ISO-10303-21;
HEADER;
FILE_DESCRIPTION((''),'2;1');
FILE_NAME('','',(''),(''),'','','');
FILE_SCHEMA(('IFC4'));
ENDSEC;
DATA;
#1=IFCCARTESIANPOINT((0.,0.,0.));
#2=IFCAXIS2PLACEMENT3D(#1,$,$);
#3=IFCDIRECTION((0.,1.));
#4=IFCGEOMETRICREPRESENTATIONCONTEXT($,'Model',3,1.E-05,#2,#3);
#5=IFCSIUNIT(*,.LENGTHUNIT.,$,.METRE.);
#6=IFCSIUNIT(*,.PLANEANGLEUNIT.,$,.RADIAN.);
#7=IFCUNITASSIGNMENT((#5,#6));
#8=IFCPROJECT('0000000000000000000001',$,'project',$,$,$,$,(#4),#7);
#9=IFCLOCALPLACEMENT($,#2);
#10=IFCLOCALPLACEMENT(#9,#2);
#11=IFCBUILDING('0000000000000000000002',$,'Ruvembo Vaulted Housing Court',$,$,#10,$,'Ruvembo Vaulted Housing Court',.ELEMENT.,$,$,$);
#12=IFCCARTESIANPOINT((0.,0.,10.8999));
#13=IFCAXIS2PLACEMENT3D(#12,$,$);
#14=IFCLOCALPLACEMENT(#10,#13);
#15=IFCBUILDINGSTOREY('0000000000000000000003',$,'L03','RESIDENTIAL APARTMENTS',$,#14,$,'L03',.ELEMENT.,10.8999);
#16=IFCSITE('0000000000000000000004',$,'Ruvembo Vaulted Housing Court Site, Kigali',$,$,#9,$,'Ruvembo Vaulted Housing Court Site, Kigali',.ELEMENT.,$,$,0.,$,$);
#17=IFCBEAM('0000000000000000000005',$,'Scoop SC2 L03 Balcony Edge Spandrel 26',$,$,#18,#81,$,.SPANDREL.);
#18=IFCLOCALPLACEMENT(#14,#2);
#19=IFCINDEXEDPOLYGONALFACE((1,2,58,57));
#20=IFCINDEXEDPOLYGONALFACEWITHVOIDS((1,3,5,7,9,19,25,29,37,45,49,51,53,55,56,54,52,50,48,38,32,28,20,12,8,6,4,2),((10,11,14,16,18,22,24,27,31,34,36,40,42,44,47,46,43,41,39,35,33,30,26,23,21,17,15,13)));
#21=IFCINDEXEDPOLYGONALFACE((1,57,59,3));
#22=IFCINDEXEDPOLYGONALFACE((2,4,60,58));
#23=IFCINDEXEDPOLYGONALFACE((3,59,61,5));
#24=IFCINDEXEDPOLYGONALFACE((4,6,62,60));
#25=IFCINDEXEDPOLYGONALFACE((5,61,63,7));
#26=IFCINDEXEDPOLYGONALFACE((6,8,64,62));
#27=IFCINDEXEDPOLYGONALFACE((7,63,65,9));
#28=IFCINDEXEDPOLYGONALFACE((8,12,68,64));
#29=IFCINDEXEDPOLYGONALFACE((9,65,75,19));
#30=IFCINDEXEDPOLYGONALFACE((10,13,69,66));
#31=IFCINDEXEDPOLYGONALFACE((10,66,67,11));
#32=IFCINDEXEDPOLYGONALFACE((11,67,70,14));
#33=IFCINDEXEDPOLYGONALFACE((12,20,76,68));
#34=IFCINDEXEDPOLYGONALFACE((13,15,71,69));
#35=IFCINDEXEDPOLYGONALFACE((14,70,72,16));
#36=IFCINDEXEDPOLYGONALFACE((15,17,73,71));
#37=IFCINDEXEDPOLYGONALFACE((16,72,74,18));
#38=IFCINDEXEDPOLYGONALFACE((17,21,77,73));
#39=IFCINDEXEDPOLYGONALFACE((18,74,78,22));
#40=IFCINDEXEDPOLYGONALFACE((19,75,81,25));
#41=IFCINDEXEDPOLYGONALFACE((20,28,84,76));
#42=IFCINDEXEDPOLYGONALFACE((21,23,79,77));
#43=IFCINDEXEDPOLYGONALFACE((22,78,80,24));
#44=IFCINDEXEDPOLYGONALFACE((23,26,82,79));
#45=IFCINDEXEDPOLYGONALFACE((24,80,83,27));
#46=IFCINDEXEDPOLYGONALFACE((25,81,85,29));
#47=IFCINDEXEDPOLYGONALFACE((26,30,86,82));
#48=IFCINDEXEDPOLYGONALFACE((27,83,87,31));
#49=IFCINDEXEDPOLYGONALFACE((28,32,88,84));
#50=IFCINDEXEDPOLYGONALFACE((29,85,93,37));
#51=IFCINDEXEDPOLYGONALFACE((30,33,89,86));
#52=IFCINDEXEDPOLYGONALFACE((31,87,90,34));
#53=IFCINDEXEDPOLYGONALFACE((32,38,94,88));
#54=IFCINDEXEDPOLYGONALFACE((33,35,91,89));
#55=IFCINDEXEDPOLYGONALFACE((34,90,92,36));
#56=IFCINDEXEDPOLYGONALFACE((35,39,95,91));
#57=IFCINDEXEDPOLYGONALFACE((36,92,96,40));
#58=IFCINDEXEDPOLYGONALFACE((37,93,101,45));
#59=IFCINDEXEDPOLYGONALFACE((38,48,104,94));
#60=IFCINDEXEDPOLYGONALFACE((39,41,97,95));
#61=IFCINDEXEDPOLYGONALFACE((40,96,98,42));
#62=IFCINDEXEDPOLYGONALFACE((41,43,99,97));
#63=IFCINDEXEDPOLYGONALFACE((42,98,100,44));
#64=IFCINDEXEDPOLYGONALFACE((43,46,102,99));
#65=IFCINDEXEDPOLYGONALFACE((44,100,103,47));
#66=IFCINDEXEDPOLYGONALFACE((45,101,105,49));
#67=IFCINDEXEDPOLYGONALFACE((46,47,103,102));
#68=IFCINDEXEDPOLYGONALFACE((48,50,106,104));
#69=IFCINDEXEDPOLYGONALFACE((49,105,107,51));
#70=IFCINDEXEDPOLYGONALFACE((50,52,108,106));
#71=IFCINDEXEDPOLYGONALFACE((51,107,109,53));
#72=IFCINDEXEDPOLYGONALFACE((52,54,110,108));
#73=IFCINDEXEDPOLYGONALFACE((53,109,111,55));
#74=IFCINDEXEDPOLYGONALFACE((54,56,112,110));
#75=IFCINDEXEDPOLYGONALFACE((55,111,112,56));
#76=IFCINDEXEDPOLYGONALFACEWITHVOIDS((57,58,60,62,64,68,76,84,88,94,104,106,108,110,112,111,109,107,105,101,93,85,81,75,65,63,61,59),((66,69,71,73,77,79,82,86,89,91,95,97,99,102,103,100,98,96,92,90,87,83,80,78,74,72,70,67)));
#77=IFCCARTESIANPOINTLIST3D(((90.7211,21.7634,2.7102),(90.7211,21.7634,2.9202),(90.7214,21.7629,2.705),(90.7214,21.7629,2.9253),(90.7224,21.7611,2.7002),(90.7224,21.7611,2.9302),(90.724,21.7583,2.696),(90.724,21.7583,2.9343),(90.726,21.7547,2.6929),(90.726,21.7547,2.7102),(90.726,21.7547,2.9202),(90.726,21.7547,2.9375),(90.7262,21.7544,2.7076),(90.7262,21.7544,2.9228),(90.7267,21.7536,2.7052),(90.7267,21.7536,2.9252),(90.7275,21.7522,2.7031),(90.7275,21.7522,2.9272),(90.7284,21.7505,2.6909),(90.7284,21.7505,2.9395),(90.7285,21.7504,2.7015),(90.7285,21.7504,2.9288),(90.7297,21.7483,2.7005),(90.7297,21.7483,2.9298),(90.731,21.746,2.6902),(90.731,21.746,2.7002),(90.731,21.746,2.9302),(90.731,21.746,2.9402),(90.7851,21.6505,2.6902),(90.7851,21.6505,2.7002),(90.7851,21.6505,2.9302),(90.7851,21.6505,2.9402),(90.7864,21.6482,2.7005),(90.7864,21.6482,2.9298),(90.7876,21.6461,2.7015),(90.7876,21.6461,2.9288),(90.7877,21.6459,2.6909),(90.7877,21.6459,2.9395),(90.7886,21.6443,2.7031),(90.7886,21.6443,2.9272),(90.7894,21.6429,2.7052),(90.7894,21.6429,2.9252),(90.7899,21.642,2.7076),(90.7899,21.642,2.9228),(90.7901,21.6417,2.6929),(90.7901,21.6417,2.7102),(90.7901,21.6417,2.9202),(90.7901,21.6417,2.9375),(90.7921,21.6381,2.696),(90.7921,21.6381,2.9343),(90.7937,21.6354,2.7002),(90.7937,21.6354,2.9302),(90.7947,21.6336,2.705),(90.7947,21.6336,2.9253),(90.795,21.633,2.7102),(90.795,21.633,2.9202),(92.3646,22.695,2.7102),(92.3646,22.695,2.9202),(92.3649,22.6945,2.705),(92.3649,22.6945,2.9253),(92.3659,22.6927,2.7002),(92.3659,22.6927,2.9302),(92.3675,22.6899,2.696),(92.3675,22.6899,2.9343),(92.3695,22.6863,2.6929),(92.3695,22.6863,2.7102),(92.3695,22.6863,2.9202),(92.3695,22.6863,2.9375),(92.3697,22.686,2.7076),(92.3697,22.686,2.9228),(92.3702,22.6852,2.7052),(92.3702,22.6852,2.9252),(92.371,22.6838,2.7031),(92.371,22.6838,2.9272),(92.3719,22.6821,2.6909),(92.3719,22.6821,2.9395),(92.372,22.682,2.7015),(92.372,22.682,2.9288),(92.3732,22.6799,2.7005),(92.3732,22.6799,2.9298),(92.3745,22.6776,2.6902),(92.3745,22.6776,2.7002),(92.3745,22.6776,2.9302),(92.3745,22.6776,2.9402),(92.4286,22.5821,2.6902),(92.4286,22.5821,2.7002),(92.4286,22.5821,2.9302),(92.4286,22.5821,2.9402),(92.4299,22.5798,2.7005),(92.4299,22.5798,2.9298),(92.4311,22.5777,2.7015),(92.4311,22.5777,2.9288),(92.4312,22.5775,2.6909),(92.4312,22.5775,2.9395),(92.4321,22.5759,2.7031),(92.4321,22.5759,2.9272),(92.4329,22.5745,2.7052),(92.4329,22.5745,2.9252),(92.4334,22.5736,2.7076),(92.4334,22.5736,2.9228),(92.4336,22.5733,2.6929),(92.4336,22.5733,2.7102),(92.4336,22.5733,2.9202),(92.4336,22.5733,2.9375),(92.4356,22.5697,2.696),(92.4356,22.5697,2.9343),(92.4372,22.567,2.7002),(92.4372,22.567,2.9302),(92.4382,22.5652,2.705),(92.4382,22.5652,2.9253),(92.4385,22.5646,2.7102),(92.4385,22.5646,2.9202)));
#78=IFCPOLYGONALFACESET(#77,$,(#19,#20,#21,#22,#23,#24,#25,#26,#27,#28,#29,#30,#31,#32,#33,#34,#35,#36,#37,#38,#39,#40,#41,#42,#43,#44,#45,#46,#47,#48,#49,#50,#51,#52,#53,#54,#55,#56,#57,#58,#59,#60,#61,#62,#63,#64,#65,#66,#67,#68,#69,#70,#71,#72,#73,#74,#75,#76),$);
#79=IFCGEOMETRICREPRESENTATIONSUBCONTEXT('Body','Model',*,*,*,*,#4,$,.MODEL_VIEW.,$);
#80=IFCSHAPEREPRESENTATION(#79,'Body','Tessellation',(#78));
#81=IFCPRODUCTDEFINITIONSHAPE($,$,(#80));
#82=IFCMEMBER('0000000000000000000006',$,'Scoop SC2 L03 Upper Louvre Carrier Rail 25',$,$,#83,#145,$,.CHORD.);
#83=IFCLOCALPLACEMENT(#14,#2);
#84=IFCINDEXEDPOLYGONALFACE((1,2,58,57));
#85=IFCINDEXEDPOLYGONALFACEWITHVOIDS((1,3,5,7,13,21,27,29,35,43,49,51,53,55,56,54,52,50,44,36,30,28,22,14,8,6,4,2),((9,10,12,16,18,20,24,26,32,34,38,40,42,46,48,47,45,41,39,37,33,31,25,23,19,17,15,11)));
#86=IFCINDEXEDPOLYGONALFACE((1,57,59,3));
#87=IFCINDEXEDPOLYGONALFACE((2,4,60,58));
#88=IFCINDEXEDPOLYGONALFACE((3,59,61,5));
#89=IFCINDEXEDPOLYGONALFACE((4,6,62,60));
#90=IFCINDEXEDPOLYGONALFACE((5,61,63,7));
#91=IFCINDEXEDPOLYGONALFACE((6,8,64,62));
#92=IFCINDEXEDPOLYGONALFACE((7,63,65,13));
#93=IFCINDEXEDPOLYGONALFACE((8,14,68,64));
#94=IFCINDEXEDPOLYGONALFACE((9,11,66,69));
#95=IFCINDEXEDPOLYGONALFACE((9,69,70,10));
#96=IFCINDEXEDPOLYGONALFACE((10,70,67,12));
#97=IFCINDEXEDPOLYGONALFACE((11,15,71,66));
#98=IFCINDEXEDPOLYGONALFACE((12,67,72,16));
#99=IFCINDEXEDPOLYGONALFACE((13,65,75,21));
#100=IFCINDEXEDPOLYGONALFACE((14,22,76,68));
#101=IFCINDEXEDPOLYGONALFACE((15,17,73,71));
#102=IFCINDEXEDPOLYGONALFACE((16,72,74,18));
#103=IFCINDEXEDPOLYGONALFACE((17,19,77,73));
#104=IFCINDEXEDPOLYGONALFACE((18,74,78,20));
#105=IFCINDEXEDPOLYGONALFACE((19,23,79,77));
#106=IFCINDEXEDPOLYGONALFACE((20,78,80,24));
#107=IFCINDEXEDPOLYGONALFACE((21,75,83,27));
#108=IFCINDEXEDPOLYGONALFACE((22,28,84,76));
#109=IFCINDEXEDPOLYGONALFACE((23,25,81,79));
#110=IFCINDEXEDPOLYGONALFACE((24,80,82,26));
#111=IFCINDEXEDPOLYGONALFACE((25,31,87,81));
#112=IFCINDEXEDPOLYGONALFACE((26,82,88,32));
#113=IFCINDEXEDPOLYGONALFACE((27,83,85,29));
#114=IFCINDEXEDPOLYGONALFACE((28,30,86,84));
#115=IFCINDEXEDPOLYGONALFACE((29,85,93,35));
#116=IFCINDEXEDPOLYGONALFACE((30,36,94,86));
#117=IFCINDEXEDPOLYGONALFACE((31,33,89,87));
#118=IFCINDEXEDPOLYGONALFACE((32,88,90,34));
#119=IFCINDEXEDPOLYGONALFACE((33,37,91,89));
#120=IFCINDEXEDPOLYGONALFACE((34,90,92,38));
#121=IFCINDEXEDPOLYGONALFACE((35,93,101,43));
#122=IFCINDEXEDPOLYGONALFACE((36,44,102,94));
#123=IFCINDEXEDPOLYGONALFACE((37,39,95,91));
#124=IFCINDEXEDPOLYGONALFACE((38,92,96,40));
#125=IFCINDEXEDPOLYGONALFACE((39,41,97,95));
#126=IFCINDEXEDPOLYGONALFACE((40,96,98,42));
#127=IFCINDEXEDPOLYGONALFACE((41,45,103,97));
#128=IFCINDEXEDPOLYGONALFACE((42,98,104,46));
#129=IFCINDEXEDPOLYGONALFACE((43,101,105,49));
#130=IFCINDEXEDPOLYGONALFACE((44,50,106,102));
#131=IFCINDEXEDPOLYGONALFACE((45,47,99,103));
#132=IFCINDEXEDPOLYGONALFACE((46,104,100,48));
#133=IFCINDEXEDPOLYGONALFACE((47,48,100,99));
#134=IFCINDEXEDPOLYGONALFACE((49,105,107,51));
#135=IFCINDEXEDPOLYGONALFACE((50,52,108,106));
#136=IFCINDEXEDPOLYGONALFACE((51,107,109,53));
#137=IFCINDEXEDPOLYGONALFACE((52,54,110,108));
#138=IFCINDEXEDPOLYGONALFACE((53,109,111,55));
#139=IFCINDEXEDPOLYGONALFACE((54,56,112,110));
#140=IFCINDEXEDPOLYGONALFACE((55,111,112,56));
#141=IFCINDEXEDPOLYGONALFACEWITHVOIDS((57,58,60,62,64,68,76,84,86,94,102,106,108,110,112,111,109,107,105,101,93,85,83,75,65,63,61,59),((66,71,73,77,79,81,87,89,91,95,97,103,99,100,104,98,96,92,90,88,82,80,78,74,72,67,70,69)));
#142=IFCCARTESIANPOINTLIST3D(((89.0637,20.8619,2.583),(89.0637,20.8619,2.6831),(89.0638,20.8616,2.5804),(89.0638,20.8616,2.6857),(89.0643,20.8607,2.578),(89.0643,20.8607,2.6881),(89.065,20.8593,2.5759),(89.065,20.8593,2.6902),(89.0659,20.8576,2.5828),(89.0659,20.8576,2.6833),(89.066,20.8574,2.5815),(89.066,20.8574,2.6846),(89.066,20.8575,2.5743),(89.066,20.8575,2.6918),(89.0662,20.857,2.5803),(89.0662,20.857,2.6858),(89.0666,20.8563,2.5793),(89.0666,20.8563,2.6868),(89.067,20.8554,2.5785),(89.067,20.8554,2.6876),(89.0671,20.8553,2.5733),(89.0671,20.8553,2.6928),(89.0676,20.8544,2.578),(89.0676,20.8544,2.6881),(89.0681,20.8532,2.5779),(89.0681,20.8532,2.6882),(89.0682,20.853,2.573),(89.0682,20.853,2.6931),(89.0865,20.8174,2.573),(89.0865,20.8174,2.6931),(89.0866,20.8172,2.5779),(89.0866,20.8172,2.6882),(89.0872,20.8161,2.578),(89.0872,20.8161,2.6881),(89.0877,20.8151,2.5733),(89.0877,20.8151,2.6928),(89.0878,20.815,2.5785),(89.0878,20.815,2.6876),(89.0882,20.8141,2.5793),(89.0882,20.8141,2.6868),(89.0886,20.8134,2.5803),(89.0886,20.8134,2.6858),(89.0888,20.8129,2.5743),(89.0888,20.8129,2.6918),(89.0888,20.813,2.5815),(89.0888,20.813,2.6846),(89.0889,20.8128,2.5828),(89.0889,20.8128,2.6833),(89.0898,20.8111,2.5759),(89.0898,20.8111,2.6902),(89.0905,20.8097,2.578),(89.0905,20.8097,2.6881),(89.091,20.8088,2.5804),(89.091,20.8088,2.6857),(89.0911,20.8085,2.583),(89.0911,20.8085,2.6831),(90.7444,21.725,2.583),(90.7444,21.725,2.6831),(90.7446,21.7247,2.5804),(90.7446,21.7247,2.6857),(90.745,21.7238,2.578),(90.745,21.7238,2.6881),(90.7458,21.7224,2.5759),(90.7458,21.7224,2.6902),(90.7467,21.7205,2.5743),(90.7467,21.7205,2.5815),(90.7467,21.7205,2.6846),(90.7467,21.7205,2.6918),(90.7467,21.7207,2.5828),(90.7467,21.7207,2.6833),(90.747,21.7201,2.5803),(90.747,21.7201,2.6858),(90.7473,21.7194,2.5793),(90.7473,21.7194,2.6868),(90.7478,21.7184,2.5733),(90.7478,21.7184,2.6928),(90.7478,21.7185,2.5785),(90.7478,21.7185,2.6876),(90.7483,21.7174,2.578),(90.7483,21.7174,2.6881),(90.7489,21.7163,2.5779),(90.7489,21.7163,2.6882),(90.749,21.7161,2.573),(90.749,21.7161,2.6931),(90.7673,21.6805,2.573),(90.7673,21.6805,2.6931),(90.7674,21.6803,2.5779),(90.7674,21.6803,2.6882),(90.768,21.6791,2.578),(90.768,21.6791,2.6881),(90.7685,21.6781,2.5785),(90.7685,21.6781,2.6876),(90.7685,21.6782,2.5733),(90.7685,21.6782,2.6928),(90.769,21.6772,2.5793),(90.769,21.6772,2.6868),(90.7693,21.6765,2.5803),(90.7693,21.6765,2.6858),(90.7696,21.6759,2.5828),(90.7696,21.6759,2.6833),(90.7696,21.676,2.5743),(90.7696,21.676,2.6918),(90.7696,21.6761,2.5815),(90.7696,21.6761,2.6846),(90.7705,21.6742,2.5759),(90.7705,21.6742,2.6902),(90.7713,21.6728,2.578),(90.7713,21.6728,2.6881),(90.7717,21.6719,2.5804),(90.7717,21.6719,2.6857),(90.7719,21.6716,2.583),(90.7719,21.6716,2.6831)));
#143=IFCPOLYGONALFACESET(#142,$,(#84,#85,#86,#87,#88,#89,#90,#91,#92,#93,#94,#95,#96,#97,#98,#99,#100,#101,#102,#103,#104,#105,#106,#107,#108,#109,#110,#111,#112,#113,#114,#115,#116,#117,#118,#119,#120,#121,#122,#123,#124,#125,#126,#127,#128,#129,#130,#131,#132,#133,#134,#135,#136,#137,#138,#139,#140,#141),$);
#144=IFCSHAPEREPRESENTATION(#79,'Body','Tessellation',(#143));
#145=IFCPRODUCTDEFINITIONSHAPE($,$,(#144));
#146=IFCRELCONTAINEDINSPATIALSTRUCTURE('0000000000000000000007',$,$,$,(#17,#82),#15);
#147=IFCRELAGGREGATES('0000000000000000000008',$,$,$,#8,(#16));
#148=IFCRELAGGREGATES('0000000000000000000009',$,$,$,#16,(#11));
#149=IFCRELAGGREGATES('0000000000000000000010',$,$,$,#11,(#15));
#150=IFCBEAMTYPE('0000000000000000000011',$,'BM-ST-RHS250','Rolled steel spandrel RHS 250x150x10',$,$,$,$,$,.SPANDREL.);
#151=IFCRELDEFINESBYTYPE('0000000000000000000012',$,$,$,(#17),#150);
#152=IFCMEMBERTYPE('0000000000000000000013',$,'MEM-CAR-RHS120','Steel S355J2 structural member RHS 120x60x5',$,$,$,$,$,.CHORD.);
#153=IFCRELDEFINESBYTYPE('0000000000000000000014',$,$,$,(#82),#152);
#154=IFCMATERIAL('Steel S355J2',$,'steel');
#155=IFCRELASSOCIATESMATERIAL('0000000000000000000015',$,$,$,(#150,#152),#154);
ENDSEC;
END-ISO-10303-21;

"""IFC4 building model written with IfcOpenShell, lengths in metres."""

from ifc_helpers import new_model, si_unit, direction, frame, origin, origin_2d, place, context, subcontext, project, spatial, hollow_rectangle, extrude, material, material_profile, profile_set, type_object, element, save


model = new_model("IFC4")

# Units and contexts
model_context = context("Model", 3, precision=1e-05, world=origin(), true_north=direction((0.0, 1.0)))
body_context = subcontext(model_context, "Body", "Model", "MODEL_VIEW")
ifc_project = project(units=[si_unit("LENGTHUNIT", "METRE"), si_unit("PLANEANGLEUNIT", "RADIAN")], contexts=[model_context])

# Site, building, storey
site_placement = place(None, origin())
site = spatial("IfcSite", under=ifc_project, at=site_placement, Name="Ruvembo Vaulted Housing Court Site, Kigali", LongName="Ruvembo Vaulted Housing Court Site, Kigali", CompositionType="ELEMENT", RefElevation=0.0)
building_placement = place(site_placement, origin())
building = spatial("IfcBuilding", under=site, at=building_placement, Name="Ruvembo Vaulted Housing Court", LongName="Ruvembo Vaulted Housing Court", CompositionType="ELEMENT")
storey_placement = place(building_placement, frame((0.0, 0.0, 10.8999)))
storey = spatial("IfcBuildingStorey", under=building, at=storey_placement, Name="L03", Description="RESIDENTIAL APARTMENTS", LongName="L03", CompositionType="ELEMENT", Elevation=10.8999)

# Beam
ifc_material_1 = material(Name="Steel S355J2", Category="steel")
ifc_material_profile_1 = material_profile(ifc_material_1, hollow_rectangle(XDim=0.1499, YDim=0.25, WallThickness=0.01, InnerFilletRadius=0.01, OuterFilletRadius=0.02, at=origin_2d()), Name="RHS 250x150x10")
ifc_profile_set_1 = profile_set([ifc_material_profile_1], Name="Steel S355J2")
beam_type_1 = type_object("IfcBeamType", Name="BM-ST-RHS250", Description="Rolled steel spandrel RHS 250x150x10", PredefinedType="SPANDREL", material=ifc_profile_set_1)
beam_1_placement = place(storey_placement, frame((90.7581, 21.6982, 2.8152), z_axis=(0.869956, 0.49313, 0.0), x_axis=(-0.49313, 0.869956, 0.0)))
element("IfcBeam", 1, at=beam_1_placement, inside=storey, type_object=beam_type_1, Name="Scoop SC2 L03 Balcony Edge Spandrel 26", PredefinedType="SPANDREL", context=body_context, shape_type="SweptSolid", body=[
    extrude(hollow_rectangle(XDim=0.1499, YDim=0.25, WallThickness=0.01, InnerFilletRadius=0.01, OuterFilletRadius=0.02, at=origin_2d()), origin(), (0.0, 0.0, 1.0), 1.8892),
])

# Member
ifc_material_profile_2 = material_profile(ifc_material_1, hollow_rectangle(XDim=0.0601, YDim=0.1201, WallThickness=0.0049, InnerFilletRadius=0.0049, OuterFilletRadius=0.01, at=origin_2d()), Name="RHS 120x60x5")
ifc_profile_set_2 = profile_set([ifc_material_profile_2], Name="Steel S355J2")
member_type_1 = type_object("IfcMemberType", Name="MEM-CAR-RHS120", Description="Steel S355J2 structural member RHS 120x60x5", PredefinedType="CHORD", material=ifc_profile_set_2)
member_1_placement = place(storey_placement, frame((89.0774, 20.8352, 2.6331), z_axis=(0.889568, 0.456802, 0.0), x_axis=(-0.456802, 0.889568, 0.0)))
element("IfcMember", 2, at=member_1_placement, inside=storey, type_object=member_type_1, Name="Scoop SC2 L03 Upper Louvre Carrier Rail 25", PredefinedType="CHORD", context=body_context, shape_type="SweptSolid", body=[
    extrude(hollow_rectangle(XDim=0.0601, YDim=0.1201, WallThickness=0.0049, InnerFilletRadius=0.0049, OuterFilletRadius=0.01, at=origin_2d()), origin(), (0.0, 0.0, 1.0), 1.8894),
])

save(model, "model.ifc")
